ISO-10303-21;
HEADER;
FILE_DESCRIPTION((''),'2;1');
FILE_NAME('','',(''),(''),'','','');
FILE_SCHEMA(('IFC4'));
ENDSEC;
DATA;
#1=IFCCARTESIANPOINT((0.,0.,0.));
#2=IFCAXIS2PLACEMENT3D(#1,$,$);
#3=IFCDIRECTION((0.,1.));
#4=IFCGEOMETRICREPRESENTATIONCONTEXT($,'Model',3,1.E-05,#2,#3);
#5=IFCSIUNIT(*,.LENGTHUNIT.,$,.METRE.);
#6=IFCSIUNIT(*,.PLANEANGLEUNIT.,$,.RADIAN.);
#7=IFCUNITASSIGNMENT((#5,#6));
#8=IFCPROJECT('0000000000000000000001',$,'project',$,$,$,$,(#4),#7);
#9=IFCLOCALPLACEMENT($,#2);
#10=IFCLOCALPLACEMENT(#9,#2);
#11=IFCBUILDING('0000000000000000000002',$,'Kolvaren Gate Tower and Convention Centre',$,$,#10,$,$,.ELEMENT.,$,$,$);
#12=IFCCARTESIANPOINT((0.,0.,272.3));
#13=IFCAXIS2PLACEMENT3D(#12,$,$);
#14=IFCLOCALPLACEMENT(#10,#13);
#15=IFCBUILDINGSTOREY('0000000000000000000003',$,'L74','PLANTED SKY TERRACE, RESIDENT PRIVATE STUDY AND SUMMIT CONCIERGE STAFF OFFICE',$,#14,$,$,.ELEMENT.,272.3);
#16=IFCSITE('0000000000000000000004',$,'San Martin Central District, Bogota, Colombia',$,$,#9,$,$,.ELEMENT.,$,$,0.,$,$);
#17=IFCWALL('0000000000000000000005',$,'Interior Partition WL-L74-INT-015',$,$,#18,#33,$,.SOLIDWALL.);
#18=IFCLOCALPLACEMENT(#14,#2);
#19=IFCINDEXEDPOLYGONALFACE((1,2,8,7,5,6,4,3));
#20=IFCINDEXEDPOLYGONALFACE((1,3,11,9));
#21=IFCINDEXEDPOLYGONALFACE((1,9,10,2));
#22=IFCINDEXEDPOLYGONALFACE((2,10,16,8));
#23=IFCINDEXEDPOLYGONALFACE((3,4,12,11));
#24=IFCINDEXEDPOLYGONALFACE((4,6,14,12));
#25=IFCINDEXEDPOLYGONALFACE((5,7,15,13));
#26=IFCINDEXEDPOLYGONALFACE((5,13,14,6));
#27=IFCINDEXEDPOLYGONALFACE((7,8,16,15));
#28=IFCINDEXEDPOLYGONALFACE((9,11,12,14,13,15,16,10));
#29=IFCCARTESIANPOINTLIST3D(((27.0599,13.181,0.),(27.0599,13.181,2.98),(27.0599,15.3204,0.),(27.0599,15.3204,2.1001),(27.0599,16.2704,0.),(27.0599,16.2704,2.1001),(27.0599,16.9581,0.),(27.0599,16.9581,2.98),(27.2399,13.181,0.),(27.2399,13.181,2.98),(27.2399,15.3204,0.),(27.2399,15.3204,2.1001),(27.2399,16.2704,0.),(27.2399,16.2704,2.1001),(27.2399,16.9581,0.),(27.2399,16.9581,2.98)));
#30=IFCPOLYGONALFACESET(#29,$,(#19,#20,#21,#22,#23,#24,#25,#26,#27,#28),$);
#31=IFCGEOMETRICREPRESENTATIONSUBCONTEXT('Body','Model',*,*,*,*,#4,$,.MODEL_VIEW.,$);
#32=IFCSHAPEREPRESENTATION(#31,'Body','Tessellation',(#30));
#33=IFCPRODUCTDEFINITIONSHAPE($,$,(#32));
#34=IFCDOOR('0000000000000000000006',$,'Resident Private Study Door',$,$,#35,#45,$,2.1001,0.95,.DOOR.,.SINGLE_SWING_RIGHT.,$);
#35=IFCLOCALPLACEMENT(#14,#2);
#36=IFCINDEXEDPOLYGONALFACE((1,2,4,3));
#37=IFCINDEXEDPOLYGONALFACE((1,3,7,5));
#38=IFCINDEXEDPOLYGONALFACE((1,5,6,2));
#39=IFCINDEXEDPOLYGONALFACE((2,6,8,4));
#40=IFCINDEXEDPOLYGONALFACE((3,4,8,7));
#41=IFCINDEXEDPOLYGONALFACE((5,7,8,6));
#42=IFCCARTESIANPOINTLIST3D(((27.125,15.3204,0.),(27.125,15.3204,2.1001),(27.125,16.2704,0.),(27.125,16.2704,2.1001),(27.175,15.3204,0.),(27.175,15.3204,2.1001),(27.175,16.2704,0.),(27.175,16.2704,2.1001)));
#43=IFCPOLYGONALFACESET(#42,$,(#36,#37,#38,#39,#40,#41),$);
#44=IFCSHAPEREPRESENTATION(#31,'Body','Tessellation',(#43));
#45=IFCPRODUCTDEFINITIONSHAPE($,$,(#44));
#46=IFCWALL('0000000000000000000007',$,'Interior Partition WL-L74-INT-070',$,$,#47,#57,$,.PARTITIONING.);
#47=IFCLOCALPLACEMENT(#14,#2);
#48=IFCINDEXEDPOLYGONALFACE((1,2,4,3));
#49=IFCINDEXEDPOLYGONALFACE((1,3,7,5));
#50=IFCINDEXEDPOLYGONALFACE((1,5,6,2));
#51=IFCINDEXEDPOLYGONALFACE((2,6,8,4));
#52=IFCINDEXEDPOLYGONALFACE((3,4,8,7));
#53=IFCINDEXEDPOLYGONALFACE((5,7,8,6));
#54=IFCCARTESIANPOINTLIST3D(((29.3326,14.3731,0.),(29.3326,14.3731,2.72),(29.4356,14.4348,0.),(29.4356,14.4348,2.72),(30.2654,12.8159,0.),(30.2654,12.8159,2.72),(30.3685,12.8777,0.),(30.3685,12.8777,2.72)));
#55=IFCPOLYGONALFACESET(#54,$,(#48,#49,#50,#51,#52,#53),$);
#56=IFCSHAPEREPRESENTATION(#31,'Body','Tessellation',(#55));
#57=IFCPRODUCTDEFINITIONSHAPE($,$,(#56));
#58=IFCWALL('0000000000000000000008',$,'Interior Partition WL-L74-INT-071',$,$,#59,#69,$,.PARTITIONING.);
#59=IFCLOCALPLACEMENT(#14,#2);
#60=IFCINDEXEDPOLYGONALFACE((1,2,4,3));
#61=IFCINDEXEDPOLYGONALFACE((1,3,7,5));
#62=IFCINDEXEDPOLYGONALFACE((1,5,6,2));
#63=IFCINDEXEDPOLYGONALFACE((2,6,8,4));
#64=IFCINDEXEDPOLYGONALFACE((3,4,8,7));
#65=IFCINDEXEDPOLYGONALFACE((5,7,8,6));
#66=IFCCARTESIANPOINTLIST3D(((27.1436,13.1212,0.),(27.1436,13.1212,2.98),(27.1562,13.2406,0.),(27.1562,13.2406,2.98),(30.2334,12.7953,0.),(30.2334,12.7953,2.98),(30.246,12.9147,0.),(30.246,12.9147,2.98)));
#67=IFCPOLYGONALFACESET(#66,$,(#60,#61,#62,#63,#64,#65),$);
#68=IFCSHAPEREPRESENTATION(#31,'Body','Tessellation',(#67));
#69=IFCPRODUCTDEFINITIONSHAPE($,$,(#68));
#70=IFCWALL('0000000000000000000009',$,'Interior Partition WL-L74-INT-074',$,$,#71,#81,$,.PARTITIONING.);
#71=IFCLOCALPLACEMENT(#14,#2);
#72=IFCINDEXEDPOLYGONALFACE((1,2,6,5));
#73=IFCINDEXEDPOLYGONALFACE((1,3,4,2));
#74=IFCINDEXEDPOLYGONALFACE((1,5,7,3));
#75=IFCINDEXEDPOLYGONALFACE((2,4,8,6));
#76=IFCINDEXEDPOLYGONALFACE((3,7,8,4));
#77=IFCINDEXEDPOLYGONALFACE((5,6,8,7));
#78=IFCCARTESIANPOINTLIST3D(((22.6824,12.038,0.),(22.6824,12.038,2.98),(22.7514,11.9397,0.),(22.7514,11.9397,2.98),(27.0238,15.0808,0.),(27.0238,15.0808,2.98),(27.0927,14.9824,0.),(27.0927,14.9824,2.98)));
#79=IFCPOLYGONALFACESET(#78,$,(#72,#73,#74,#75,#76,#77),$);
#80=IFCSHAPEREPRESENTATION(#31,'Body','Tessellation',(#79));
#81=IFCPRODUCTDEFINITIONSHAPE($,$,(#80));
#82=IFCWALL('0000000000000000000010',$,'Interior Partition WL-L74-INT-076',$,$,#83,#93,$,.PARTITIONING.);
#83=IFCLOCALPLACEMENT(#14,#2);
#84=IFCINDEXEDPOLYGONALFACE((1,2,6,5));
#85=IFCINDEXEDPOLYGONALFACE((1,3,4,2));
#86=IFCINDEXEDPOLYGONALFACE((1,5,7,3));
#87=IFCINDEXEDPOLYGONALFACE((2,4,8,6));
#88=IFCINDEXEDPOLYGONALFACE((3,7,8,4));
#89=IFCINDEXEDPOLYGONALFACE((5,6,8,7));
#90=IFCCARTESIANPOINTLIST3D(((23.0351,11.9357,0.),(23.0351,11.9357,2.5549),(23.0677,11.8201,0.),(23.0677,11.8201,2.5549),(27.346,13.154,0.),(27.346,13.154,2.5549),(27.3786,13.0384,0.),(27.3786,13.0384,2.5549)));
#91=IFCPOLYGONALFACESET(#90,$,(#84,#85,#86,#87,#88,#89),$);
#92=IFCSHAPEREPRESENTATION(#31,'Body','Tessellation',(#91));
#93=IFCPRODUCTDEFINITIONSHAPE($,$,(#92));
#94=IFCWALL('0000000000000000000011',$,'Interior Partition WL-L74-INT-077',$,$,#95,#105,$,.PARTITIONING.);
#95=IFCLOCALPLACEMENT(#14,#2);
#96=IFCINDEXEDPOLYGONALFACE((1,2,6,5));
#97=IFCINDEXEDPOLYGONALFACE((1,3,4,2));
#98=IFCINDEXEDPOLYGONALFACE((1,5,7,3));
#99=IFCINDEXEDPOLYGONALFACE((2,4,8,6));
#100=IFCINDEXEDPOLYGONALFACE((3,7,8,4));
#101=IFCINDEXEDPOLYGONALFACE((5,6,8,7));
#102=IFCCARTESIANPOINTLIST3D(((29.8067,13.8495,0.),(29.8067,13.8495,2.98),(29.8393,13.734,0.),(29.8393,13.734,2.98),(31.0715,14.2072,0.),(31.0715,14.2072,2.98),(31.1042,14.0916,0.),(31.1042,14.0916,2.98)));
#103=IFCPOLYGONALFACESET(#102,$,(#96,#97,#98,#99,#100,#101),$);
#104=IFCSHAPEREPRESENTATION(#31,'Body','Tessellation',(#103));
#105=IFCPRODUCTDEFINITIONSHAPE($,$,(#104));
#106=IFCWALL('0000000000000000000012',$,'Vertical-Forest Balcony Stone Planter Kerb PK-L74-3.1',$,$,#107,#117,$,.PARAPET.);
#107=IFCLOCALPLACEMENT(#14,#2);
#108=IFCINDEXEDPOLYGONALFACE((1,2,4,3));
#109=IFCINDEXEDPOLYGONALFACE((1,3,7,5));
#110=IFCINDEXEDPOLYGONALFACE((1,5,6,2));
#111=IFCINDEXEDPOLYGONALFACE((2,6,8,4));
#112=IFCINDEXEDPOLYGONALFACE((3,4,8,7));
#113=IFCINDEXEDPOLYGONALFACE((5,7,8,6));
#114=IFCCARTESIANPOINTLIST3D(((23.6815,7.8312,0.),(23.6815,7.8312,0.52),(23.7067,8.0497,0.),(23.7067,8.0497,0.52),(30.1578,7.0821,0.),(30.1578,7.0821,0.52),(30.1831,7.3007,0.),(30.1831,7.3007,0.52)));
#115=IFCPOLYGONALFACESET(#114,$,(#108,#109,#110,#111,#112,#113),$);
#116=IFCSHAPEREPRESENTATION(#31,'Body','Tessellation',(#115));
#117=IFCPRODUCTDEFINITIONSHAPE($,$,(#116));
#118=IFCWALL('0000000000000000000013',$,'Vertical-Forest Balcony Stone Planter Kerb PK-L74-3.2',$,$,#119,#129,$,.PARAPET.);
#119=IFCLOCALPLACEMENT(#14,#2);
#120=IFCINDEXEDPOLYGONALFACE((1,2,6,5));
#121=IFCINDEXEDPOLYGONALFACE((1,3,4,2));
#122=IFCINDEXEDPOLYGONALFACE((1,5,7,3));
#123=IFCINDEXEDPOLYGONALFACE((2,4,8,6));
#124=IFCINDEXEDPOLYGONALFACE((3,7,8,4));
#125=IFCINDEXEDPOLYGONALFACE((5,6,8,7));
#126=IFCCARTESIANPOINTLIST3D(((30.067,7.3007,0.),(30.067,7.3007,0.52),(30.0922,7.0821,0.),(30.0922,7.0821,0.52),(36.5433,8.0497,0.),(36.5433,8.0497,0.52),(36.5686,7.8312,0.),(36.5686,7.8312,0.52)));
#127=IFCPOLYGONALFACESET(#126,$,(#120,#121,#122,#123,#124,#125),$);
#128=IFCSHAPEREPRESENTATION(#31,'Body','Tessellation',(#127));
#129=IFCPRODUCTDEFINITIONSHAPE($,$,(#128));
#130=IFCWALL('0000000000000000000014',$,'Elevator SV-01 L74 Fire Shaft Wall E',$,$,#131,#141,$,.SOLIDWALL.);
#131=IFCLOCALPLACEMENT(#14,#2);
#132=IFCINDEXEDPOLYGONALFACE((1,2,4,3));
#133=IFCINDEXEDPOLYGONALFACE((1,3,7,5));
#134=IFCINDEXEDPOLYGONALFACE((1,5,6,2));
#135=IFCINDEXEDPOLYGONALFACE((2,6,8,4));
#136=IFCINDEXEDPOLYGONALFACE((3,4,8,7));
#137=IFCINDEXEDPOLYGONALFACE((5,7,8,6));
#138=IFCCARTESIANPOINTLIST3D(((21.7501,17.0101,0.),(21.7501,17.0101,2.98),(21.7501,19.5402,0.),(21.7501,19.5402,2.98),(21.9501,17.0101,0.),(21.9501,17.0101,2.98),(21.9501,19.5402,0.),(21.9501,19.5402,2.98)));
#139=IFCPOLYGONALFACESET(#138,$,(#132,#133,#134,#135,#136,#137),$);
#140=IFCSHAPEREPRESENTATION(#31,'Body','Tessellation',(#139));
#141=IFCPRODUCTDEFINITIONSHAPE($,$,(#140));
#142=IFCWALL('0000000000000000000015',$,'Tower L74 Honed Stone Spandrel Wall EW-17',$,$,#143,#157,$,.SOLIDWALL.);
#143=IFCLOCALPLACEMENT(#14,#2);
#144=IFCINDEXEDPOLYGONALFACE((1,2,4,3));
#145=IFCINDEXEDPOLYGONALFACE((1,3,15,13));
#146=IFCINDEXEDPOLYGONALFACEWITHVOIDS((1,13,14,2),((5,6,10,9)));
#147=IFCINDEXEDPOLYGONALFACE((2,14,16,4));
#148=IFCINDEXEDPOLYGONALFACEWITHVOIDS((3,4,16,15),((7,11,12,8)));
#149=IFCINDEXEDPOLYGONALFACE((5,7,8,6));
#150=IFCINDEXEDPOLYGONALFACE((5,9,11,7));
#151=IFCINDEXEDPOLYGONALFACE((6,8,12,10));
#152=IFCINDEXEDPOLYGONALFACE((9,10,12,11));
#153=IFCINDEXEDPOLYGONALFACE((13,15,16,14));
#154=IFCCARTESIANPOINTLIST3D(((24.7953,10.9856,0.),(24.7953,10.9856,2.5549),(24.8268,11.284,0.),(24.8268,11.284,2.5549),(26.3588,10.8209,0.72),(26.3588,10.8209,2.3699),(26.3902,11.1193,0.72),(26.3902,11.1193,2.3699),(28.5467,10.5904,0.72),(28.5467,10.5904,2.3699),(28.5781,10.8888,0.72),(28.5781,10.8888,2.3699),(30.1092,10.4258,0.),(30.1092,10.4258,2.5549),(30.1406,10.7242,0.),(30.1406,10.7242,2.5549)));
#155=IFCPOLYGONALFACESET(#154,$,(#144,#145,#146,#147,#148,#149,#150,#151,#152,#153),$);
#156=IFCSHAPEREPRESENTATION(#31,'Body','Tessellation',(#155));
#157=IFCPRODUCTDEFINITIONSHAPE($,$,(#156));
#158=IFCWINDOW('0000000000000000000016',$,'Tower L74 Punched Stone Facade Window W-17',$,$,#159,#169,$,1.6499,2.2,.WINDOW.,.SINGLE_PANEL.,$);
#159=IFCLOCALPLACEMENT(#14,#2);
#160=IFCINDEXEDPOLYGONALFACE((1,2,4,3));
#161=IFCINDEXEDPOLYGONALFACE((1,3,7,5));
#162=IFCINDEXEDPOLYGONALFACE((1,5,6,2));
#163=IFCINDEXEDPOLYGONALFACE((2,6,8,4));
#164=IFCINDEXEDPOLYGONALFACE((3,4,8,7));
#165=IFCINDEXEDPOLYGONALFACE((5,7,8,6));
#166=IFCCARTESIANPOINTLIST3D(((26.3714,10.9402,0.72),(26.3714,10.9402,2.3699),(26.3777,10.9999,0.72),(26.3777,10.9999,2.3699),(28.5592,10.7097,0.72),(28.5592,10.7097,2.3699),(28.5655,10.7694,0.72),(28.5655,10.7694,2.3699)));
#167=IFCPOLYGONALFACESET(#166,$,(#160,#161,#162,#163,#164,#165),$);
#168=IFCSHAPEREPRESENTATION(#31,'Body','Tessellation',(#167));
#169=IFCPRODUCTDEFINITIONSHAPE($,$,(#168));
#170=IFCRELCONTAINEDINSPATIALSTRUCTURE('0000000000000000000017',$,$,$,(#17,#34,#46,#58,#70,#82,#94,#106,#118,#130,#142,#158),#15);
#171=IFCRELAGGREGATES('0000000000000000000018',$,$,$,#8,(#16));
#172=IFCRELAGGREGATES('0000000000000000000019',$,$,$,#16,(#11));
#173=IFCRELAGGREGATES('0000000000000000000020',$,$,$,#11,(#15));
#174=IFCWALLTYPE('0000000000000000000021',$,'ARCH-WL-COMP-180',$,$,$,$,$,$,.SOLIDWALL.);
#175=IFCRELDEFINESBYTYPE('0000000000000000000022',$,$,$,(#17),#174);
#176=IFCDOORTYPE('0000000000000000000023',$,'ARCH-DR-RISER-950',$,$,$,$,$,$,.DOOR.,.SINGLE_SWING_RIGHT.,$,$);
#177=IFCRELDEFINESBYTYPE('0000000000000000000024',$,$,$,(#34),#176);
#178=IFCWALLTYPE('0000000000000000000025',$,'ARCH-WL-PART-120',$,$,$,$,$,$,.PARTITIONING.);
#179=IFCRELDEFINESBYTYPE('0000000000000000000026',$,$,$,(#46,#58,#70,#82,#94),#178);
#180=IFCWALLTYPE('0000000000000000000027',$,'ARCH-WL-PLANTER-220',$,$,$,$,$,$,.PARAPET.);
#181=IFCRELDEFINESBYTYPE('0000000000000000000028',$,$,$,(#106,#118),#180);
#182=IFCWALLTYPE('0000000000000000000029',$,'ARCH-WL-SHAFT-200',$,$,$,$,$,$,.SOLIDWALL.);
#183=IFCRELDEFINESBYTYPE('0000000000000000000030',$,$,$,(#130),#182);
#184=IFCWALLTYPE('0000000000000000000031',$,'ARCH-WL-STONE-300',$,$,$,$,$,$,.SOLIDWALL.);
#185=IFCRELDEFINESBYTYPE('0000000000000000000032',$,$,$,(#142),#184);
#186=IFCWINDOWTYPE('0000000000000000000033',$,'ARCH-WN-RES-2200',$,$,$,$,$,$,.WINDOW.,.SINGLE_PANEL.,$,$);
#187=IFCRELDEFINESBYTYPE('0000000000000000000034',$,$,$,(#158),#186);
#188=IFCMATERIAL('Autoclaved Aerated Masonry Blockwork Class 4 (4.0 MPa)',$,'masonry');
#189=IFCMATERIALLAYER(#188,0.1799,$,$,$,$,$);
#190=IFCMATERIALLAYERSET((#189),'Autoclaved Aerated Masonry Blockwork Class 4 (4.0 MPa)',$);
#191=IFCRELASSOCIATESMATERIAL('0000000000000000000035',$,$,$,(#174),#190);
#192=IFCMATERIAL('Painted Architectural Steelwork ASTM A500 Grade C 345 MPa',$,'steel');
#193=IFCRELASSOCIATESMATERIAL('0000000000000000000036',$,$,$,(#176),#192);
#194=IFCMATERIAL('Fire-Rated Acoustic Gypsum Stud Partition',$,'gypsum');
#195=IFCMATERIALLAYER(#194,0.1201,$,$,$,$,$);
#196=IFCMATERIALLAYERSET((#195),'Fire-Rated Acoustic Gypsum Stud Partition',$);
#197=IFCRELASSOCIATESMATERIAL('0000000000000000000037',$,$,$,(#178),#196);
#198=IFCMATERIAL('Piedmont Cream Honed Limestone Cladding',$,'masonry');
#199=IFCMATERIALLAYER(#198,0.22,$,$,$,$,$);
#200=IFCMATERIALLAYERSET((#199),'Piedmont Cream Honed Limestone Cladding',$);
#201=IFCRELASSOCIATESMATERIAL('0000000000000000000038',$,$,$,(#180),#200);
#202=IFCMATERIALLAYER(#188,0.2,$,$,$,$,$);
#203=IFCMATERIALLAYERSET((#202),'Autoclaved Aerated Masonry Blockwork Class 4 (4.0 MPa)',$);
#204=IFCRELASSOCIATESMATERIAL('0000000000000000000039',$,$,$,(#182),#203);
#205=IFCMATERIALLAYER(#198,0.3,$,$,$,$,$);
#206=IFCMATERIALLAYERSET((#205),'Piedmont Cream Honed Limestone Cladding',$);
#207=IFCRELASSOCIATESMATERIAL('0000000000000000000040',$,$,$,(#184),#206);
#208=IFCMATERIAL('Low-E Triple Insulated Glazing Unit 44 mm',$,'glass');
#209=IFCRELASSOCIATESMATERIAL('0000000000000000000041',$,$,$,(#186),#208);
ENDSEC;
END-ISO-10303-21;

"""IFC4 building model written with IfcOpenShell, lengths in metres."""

from ifc_helpers import new_model, si_unit, direction, frame, frame_2d, origin, place, context, subcontext, project, spatial, rectangle, extrude, material, layer, layer_set, type_object, element, fill, save


model = new_model("IFC4")

# Units and contexts
model_context = context("Model", 3, precision=1e-05, world=origin(), true_north=direction((0.0, 1.0)))
body_context = subcontext(model_context, "Body", "Model", "MODEL_VIEW")
ifc_project = project(units=[si_unit("LENGTHUNIT", "METRE"), si_unit("PLANEANGLEUNIT", "RADIAN")], contexts=[model_context])

# Site, building, storey
site_placement = place(None, origin())
site = spatial("IfcSite", under=ifc_project, at=site_placement, Name="San Martin Central District, Bogota, Colombia", CompositionType="ELEMENT", RefElevation=0.0)
building_placement = place(site_placement, origin())
building = spatial("IfcBuilding", under=site, at=building_placement, Name="Kolvaren Gate Tower and Convention Centre", CompositionType="ELEMENT")
storey_placement = place(building_placement, frame((0.0, 0.0, 272.3)))
storey = spatial("IfcBuildingStorey", under=building, at=storey_placement, Name="L74", Description="PLANTED SKY TERRACE, RESIDENT PRIVATE STUDY AND SUMMIT CONCIERGE STAFF OFFICE", CompositionType="ELEMENT", Elevation=272.3)

# Shared definitions
ifc_material_1 = material(Name="Autoclaved Aerated Masonry Blockwork Class 4 (4.0 MPa)", Category="masonry")
ifc_layer_1 = layer(ifc_material_1, 0.1799)
ifc_layer_set_1 = layer_set([ifc_layer_1], Name="Autoclaved Aerated Masonry Blockwork Class 4 (4.0 MPa)")
wall_type_1 = type_object("IfcWallType", Name="ARCH-WL-COMP-180", PredefinedType="SOLIDWALL", material=ifc_layer_set_1)

# Wall, opening, door
wall_1_placement = place(storey_placement, frame((27.1499, 13.1809, 0.0), z_axis=(0.0, 0.0, 1.0), x_axis=(0.0, 1.0, 0.0)))
wall_1 = element("IfcWall", 1, at=wall_1_placement, inside=storey, type_object=wall_type_1, Name="Interior Partition WL-L74-INT-015", PredefinedType="SOLIDWALL", context=body_context, shape_type="SweptSolid", body=[
    extrude(rectangle(XDim=3.7771, YDim=0.1799, at=frame_2d((1.8887, 0.0))), origin(), (0.0, 0.0, 1.0), 2.98),
])
opening_1_placement = place(wall_1_placement, frame((2.1394, 0.0, 0.0)))
opening_1 = element("IfcOpeningElement", 2, at=opening_1_placement, cuts=wall_1, PredefinedType="OPENING", context=body_context, shape_type="SweptSolid", body=[
    extrude(rectangle(XDim=0.95, YDim=2.1001, at=frame_2d((0.4751, 1.05))), frame((0.0, 0.0999, 0.0), z_axis=(0.0, -1.0, 0.0), x_axis=(1.0, 0.0, 0.0)), (0.0, 0.0, 1.0), 0.2),
])
ifc_material_2 = material(Name="Painted Architectural Steelwork ASTM A500 Grade C 345 MPa", Category="steel")
door_type = type_object("IfcDoorType", Name="ARCH-DR-RISER-950", OperationType="SINGLE_SWING_RIGHT", PredefinedType="DOOR", material=ifc_material_2)
door_placement = place(opening_1_placement, origin())
door = element("IfcDoor", 3, at=door_placement, inside=storey, type_object=door_type, Name="Resident Private Study Door", OperationType="SINGLE_SWING_RIGHT", OverallHeight=2.1001, OverallWidth=0.95, PredefinedType="DOOR", context=body_context, shape_type="SweptSolid", body=[
    extrude(rectangle(XDim=0.95, YDim=2.1001, at=frame_2d((0.4751, 1.05))), frame((0.0, 0.0249, 0.0), z_axis=(0.0, -1.0, 0.0), x_axis=(1.0, 0.0, 0.0)), (0.0, 0.0, 1.0), 0.05),
])
fill(opening_1, door)

# Walls
ifc_material_3 = material(Name="Fire-Rated Acoustic Gypsum Stud Partition", Category="gypsum")
ifc_layer_2 = layer(ifc_material_3, 0.1201)
ifc_layer_set_2 = layer_set([ifc_layer_2], Name="Fire-Rated Acoustic Gypsum Stud Partition")
wall_type_2 = type_object("IfcWallType", Name="ARCH-WL-PART-120", PredefinedType="PARTITIONING", material=ifc_layer_set_2)
wall_2_placement = place(storey_placement, frame((29.384, 14.4041, 0.0), z_axis=(0.0, 0.0, 1.0), x_axis=(0.513922, -0.857837, 0.0)))
element("IfcWall", 4, at=wall_2_placement, inside=storey, type_object=wall_type_2, Name="Interior Partition WL-L74-INT-070", PredefinedType="PARTITIONING", context=body_context, shape_type="SweptSolid", body=[
    extrude(rectangle(XDim=1.8152, YDim=0.1201, at=frame_2d((0.9077, 0.0))), origin(), (0.0, 0.0, 1.0), 2.72),
])
wall_3_placement = place(storey_placement, frame((27.1499, 13.1809, 0.0), z_axis=(0.0, 0.0, 1.0), x_axis=(0.994483, -0.104902, 0.0)))
element("IfcWall", 5, at=wall_3_placement, inside=storey, type_object=wall_type_2, Name="Interior Partition WL-L74-INT-071", PredefinedType="PARTITIONING", context=body_context, shape_type="SweptSolid", body=[
    extrude(rectangle(XDim=3.1069, YDim=0.1201, at=frame_2d((1.5535, 0.0))), origin(), (0.0, 0.0, 1.0), 2.98),
])
wall_4_placement = place(storey_placement, frame((22.7168, 11.9888, 0.0), z_axis=(0.0, 0.0, 1.0), x_axis=(0.818894, 0.573944, 0.0)))
element("IfcWall", 6, at=wall_4_placement, inside=storey, type_object=wall_type_2, Name="Interior Partition WL-L74-INT-074", PredefinedType="PARTITIONING", context=body_context, shape_type="SweptSolid", body=[
    extrude(rectangle(XDim=5.3015, YDim=0.1201, at=frame_2d((2.6509, 0.0))), origin(), (0.0, 0.0, 1.0), 2.98),
])
wall_5_placement = place(storey_placement, frame((23.0515, 11.8779, 0.0), z_axis=(0.0, 0.0, 1.0), x_axis=(0.96231, 0.271956, 0.0)))
element("IfcWall", 7, at=wall_5_placement, inside=storey, type_object=wall_type_2, Name="Interior Partition WL-L74-INT-076", PredefinedType="PARTITIONING", context=body_context, shape_type="SweptSolid", body=[
    extrude(rectangle(XDim=4.4797, YDim=0.1201, at=frame_2d((2.2397, 0.0))), origin(), (0.0, 0.0, 1.0), 2.5549),
])
wall_6_placement = place(storey_placement, frame((29.823, 13.7917, 0.0), z_axis=(0.0, 0.0, 1.0), x_axis=(0.96227, 0.272095, 0.0)))
element("IfcWall", 8, at=wall_6_placement, inside=storey, type_object=wall_type_2, Name="Interior Partition WL-L74-INT-077", PredefinedType="PARTITIONING", context=body_context, shape_type="SweptSolid", body=[
    extrude(rectangle(XDim=1.3145, YDim=0.1201, at=frame_2d((0.6572, 0.0))), origin(), (0.0, 0.0, 1.0), 2.98),
])
ifc_material_4 = material(Name="Piedmont Cream Honed Limestone Cladding", Category="masonry")
ifc_layer_3 = layer(ifc_material_4, 0.22)
ifc_layer_set_3 = layer_set([ifc_layer_3], Name="Piedmont Cream Honed Limestone Cladding")
wall_type_3 = type_object("IfcWallType", Name="ARCH-WL-PLANTER-220", PredefinedType="PARAPET", material=ifc_layer_set_3)
for number, where, z_axis, x_axis, name in (
    (9, (23.6941, 7.9404, 0.0), (0.0, 0.0, 1.0), (0.993378, -0.11489, 0.0), "Vertical-Forest Balcony Stone Planter Kerb PK-L74-3.1"),
    (10, (30.0796, 7.1914, 0.0), (0.0, 0.0, 1.0), (0.993378, 0.11489, 0.0), "Vertical-Forest Balcony Stone Planter Kerb PK-L74-3.2"),
):
    element("IfcWall", number, at=place(storey_placement, frame(where, z_axis=z_axis, x_axis=x_axis)), inside=storey, type_object=wall_type_3, Name=name, PredefinedType="PARAPET", context=body_context, shape_type="SweptSolid", body=[
        extrude(rectangle(XDim=6.5195, YDim=0.22, at=frame_2d((3.2598, 0.0))), origin(), (0.0, 0.0, 1.0), 0.52),
    ])
ifc_layer_4 = layer(ifc_material_1, 0.2)
ifc_layer_set_4 = layer_set([ifc_layer_4], Name="Autoclaved Aerated Masonry Blockwork Class 4 (4.0 MPa)")
wall_type_4 = type_object("IfcWallType", Name="ARCH-WL-SHAFT-200", PredefinedType="SOLIDWALL", material=ifc_layer_set_4)
wall_7_placement = place(storey_placement, frame((21.8501, 17.01, 0.0), z_axis=(0.0, 0.0, 1.0), x_axis=(0.0, 1.0, 0.0)))
element("IfcWall", 11, at=wall_7_placement, inside=storey, type_object=wall_type_4, Name="Elevator SV-01 L74 Fire Shaft Wall E", PredefinedType="SOLIDWALL", context=body_context, shape_type="SweptSolid", body=[
    extrude(rectangle(XDim=2.53, YDim=0.2, at=frame_2d((1.2651, 0.0))), origin(), (0.0, 0.0, 1.0), 2.98),
])

# Wall, opening, window
ifc_layer_5 = layer(ifc_material_4, 0.3)
ifc_layer_set_5 = layer_set([ifc_layer_5], Name="Piedmont Cream Honed Limestone Cladding")
wall_type_5 = type_object("IfcWallType", Name="ARCH-WL-STONE-300", PredefinedType="SOLIDWALL", material=ifc_layer_set_5)
wall_8_placement = place(storey_placement, frame((24.811, 11.1348, 0.0), z_axis=(0.0, 0.0, 1.0), x_axis=(0.994497, -0.104768, 0.0)))
wall_8 = element("IfcWall", 12, at=wall_8_placement, inside=storey, type_object=wall_type_5, Name="Tower L74 Honed Stone Spandrel Wall EW-17", PredefinedType="SOLIDWALL", context=body_context, shape_type="SweptSolid", body=[
    extrude(rectangle(XDim=5.3433, YDim=0.3, at=frame_2d((2.6716, 0.0))), origin(), (0.0, 0.0, 1.0), 2.5549),
])
opening_2_placement = place(wall_8_placement, frame((1.572, 0.0, 0.72)))
opening_2 = element("IfcOpeningElement", 13, at=opening_2_placement, cuts=wall_8, PredefinedType="OPENING", context=body_context, shape_type="SweptSolid", body=[
    extrude(rectangle(XDim=2.2, YDim=1.6499, at=frame_2d((1.1001, 0.825))), frame((0.0, 0.1599, 0.0), z_axis=(0.0, -1.0, 0.0), x_axis=(1.0, 0.0, 0.0)), (0.0, 0.0, 1.0), 0.3201),
])
ifc_material_5 = material(Name="Low-E Triple Insulated Glazing Unit 44 mm", Category="glass")
window_type = type_object("IfcWindowType", Name="ARCH-WN-RES-2200", PartitioningType="SINGLE_PANEL", PredefinedType="WINDOW", material=ifc_material_5)
window_placement = place(opening_2_placement, origin())
window = element("IfcWindow", 14, at=window_placement, inside=storey, type_object=window_type, Name="Tower L74 Punched Stone Facade Window W-17", OverallHeight=1.6499, OverallWidth=2.2, PartitioningType="SINGLE_PANEL", PredefinedType="WINDOW", context=body_context, shape_type="SweptSolid", body=[
    extrude(rectangle(XDim=2.2, YDim=1.6499, at=frame_2d((1.1001, 0.825))), frame((0.0, 0.03, 0.0), z_axis=(0.0, -1.0, 0.0), x_axis=(1.0, 0.0, 0.0)), (0.0, 0.0, 1.0), 0.0601),
])
fill(opening_2, window)

save(model, "model.ifc")
